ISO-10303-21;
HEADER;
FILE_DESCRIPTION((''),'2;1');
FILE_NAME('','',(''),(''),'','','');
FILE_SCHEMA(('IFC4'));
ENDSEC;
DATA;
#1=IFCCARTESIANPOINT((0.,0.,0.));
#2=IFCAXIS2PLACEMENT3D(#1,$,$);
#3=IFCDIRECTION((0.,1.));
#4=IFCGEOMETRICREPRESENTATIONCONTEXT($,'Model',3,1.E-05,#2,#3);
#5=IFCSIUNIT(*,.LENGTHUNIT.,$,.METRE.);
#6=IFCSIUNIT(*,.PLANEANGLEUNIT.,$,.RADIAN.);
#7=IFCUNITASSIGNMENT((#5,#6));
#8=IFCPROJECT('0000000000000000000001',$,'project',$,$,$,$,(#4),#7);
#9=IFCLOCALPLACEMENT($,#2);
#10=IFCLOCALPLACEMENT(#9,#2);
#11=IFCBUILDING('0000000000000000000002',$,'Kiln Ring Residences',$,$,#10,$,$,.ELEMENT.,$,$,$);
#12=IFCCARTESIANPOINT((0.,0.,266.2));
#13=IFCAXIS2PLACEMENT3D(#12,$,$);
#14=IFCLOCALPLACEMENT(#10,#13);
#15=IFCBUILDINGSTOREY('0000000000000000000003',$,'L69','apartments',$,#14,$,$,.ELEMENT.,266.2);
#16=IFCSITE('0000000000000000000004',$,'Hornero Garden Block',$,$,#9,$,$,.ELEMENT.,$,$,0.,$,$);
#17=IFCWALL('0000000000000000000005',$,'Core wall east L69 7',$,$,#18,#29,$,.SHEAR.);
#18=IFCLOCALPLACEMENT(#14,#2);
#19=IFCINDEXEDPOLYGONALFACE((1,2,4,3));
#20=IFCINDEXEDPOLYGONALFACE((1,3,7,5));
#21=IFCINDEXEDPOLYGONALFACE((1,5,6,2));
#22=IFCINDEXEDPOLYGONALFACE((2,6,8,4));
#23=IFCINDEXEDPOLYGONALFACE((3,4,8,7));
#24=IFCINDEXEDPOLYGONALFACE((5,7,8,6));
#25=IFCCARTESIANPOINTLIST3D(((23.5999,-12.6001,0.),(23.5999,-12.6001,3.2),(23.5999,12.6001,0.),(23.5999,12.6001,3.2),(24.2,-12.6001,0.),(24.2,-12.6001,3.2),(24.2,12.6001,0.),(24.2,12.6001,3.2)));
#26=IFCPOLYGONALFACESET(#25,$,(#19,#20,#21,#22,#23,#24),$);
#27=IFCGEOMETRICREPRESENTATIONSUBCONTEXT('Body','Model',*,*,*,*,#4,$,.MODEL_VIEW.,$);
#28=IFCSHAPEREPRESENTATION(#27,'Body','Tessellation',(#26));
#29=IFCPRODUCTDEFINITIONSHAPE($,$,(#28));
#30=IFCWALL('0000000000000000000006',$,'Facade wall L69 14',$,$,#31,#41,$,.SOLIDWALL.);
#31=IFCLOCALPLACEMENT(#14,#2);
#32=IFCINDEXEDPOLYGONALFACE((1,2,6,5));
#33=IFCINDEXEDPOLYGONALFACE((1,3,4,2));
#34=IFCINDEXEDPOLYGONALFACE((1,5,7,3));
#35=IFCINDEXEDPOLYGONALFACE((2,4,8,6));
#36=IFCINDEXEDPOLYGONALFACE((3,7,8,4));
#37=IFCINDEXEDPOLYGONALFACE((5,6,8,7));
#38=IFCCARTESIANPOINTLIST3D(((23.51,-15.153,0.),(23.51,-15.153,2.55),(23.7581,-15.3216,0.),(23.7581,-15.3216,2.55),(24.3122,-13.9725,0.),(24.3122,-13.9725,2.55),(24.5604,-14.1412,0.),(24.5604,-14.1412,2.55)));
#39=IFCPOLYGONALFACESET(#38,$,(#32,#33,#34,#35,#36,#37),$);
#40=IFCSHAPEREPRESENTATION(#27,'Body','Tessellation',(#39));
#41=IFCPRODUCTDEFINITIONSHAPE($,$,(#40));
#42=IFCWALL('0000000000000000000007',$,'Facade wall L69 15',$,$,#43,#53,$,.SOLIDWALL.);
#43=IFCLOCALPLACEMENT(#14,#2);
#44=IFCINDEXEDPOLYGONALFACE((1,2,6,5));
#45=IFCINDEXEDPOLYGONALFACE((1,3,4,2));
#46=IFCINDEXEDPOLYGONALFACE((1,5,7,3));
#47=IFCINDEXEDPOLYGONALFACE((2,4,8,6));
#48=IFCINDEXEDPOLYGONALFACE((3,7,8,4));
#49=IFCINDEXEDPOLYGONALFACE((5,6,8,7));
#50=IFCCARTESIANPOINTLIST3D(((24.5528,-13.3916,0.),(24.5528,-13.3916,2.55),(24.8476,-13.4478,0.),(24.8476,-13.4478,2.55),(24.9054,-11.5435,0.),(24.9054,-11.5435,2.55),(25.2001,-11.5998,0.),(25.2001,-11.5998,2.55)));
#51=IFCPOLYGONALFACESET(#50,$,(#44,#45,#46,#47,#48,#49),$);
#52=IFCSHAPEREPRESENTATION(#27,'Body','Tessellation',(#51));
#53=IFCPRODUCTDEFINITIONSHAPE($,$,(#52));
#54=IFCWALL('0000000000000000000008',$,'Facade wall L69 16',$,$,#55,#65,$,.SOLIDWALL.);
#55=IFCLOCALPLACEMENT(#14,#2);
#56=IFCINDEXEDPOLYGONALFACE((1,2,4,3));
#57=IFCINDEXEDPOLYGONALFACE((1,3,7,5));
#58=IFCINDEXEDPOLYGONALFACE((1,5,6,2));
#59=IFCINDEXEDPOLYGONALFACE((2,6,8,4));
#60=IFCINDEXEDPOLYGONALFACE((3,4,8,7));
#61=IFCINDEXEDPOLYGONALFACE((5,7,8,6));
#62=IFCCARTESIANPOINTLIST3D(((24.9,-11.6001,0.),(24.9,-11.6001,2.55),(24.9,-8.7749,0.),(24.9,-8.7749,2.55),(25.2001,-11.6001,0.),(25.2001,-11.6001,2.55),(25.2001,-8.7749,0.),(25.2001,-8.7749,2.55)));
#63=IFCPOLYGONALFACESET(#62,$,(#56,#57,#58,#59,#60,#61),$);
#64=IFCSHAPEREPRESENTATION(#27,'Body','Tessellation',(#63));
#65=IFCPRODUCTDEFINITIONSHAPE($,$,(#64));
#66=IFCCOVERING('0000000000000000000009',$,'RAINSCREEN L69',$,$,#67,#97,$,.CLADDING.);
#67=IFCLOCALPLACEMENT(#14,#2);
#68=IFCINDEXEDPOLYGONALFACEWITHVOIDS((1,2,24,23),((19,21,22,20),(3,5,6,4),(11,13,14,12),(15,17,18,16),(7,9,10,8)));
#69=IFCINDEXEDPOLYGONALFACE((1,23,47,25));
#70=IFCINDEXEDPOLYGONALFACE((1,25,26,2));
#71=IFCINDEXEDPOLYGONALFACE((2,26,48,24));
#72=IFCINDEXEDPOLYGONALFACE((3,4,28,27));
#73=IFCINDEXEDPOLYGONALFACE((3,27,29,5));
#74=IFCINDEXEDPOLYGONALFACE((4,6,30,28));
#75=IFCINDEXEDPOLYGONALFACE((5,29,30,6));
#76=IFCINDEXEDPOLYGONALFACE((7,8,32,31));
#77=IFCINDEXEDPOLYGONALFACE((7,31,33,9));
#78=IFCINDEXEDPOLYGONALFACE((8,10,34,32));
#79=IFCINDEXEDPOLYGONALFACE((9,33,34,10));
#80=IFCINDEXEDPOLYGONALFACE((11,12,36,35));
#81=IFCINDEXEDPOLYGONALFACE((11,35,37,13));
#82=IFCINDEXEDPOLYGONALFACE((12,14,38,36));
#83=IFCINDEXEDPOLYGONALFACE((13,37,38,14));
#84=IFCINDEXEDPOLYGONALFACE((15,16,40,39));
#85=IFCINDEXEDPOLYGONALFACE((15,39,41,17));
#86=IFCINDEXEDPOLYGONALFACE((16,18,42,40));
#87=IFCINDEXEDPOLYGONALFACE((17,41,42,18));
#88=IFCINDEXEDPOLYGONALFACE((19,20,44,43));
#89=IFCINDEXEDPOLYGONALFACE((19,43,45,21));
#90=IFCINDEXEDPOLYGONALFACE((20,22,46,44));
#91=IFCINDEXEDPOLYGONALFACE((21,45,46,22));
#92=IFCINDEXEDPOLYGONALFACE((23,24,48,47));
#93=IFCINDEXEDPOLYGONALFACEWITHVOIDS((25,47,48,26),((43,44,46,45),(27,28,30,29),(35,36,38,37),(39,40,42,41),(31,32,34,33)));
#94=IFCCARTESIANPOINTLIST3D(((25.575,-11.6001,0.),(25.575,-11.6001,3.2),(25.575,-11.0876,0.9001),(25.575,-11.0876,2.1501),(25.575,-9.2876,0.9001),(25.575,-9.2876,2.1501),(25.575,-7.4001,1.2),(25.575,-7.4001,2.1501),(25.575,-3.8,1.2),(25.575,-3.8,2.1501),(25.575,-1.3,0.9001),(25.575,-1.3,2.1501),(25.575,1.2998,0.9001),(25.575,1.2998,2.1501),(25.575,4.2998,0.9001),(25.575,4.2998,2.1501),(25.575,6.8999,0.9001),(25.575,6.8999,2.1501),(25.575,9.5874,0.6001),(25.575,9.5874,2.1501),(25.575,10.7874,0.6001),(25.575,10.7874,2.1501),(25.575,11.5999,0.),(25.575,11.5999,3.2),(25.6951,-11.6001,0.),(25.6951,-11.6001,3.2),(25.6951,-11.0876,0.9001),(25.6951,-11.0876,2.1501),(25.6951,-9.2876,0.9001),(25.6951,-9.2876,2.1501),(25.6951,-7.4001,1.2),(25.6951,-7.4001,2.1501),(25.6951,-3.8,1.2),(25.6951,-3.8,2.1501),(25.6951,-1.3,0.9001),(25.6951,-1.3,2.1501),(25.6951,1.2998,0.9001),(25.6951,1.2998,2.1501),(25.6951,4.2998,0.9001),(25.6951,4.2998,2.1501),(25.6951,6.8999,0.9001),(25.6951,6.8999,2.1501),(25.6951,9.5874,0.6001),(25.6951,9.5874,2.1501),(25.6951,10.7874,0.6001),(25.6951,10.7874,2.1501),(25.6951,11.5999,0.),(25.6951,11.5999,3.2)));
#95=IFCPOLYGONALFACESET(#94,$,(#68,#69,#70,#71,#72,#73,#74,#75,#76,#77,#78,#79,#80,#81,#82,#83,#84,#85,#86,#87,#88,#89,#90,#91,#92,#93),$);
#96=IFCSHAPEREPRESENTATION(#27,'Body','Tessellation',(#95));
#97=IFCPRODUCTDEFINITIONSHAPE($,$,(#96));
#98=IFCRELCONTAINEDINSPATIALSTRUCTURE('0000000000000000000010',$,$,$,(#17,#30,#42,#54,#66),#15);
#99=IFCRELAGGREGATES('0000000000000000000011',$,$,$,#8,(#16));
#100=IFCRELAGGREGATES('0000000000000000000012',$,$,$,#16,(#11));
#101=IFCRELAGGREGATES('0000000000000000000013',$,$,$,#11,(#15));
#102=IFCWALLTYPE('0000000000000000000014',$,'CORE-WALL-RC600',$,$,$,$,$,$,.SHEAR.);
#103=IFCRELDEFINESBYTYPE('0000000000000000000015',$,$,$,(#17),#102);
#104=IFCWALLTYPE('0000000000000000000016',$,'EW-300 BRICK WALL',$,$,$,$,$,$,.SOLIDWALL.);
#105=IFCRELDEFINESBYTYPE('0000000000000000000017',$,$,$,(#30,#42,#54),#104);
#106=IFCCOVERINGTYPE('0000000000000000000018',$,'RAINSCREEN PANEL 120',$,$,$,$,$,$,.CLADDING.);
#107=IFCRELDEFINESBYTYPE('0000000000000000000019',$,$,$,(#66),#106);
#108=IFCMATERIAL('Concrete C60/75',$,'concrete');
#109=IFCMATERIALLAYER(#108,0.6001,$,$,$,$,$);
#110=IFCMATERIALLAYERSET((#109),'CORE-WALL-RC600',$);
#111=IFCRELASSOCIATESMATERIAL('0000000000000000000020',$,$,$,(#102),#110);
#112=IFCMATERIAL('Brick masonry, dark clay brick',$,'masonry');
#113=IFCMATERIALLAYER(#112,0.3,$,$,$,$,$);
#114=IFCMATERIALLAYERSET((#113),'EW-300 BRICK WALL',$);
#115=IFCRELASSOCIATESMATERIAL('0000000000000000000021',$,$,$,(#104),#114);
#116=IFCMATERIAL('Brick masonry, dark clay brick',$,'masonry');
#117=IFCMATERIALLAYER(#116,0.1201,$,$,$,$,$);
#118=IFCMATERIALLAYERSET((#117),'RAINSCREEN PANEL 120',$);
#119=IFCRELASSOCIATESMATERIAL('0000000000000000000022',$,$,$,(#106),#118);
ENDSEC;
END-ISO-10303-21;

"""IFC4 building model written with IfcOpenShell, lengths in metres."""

from ifc_helpers import new_model, si_unit, direction, frame, frame_2d, origin, place, context, subcontext, project, spatial, polyline, rectangle, outline, extrude, material, layer, layer_set, type_object, element, save


model = new_model("IFC4")

# Units and contexts
model_context = context("Model", 3, precision=1e-05, world=origin(), true_north=direction((0.0, 1.0)))
body_context = subcontext(model_context, "Body", "Model", "MODEL_VIEW")
ifc_project = project(units=[si_unit("LENGTHUNIT", "METRE"), si_unit("PLANEANGLEUNIT", "RADIAN")], contexts=[model_context])

# Site, building, storey
site_placement = place(None, origin())
site = spatial("IfcSite", under=ifc_project, at=site_placement, Name="Hornero Garden Block", CompositionType="ELEMENT", RefElevation=0.0)
building_placement = place(site_placement, origin())
building = spatial("IfcBuilding", under=site, at=building_placement, Name="Kiln Ring Residences", CompositionType="ELEMENT")
storey_placement = place(building_placement, frame((0.0, 0.0, 266.2)))
storey = spatial("IfcBuildingStorey", under=building, at=storey_placement, Name="L69", Description="apartments", CompositionType="ELEMENT", Elevation=266.2)

# Walls
ifc_material_1 = material(Name="Concrete C60/75", Category="concrete")
ifc_layer_1 = layer(ifc_material_1, 0.6001)
ifc_layer_set_1 = layer_set([ifc_layer_1], Name="CORE-WALL-RC600")
wall_type_1 = type_object("IfcWallType", Name="CORE-WALL-RC600", PredefinedType="SHEAR", material=ifc_layer_set_1)
wall_1_placement = place(storey_placement, frame((23.8999, -12.6001, 0.0), z_axis=(0.0, 0.0, 1.0), x_axis=(0.0, 1.0, 0.0)))
element("IfcWall", 1, at=wall_1_placement, inside=storey, type_object=wall_type_1, Name="Core wall east L69 7", PredefinedType="SHEAR", context=body_context, shape_type="SweptSolid", body=[
    extrude(rectangle(XDim=25.2002, YDim=0.6001, at=frame_2d((12.6001, 0.0))), origin(), (0.0, 0.0, 1.0), 3.2),
])
ifc_material_2 = material(Name="Brick masonry, dark clay brick", Category="masonry")
ifc_layer_2 = layer(ifc_material_2, 0.3)
ifc_layer_set_2 = layer_set([ifc_layer_2], Name="EW-300 BRICK WALL")
wall_type_2 = type_object("IfcWallType", Name="EW-300 BRICK WALL", PredefinedType="SOLIDWALL", material=ifc_layer_set_2)
wall_2_placement = place(storey_placement, frame((23.634, -15.2373, 0.0), z_axis=(0.0, 0.0, 1.0), x_axis=(0.562099, 0.82707, 0.0)))
element("IfcWall", 2, at=wall_2_placement, inside=storey, type_object=wall_type_2, Name="Facade wall L69 14", PredefinedType="SOLIDWALL", context=body_context, shape_type="SweptSolid", body=[
    extrude(rectangle(XDim=1.4272, YDim=0.3, at=frame_2d((0.7136, 0.0))), origin(), (0.0, 0.0, 1.0), 2.55),
])
wall_3_placement = place(storey_placement, frame((24.7002, -13.4197, 0.0), z_axis=(0.0, 0.0, 1.0), x_axis=(0.187398, 0.982284, 0.0)))
element("IfcWall", 3, at=wall_3_placement, inside=storey, type_object=wall_type_2, Name="Facade wall L69 15", PredefinedType="SOLIDWALL", context=body_context, shape_type="SweptSolid", body=[
    extrude(rectangle(XDim=1.8813, YDim=0.3, at=frame_2d((0.9407, 0.0))), origin(), (0.0, 0.0, 1.0), 2.55),
])
wall_4_placement = place(storey_placement, frame((25.05, -11.6001, 0.0), z_axis=(0.0, 0.0, 1.0), x_axis=(0.0, 1.0, 0.0)))
element("IfcWall", 4, at=wall_4_placement, inside=storey, type_object=wall_type_2, Name="Facade wall L69 16", PredefinedType="SOLIDWALL", context=body_context, shape_type="SweptSolid", body=[
    extrude(rectangle(XDim=2.8252, YDim=0.3, at=frame_2d((1.4126, 0.0))), origin(), (0.0, 0.0, 1.0), 2.55),
])

# Covering
ifc_material_3 = material(Name="Brick masonry, dark clay brick", Category="masonry")
ifc_layer_3 = layer(ifc_material_3, 0.1201)
ifc_layer_set_3 = layer_set([ifc_layer_3], Name="RAINSCREEN PANEL 120")
covering_type = type_object("IfcCoveringType", Name="RAINSCREEN PANEL 120", PredefinedType="CLADDING", material=ifc_layer_set_3)
covering_placement = place(storey_placement, frame((25.635, -11.6001, 0.0), z_axis=(0.0, 0.0, 1.0), x_axis=(0.0, 1.0, 0.0)))
element("IfcCovering", 5, at=covering_placement, inside=storey, type_object=covering_type, Name="RAINSCREEN L69", PredefinedType="CLADDING", context=body_context, shape_type="SweptSolid", body=[
    extrude(outline(polyline([(0.0, 0.0), (23.2, 0.0), (23.2, 3.2), (0.0, 3.2), (0.0, 0.0)]), holes=[polyline([(22.3875, 0.6001), (22.3875, 2.1501), (21.1875, 2.1501), (21.1875, 0.6001), (22.3875, 0.6001)]), polyline([(2.3125, 0.9001), (2.3125, 2.1501), (0.5125, 2.1501), (0.5125, 0.9001), (2.3125, 0.9001)]), polyline([(12.8999, 0.9001), (12.8999, 2.1501), (10.3, 2.1501), (10.3, 0.9001), (12.8999, 0.9001)]), polyline([(15.8999, 0.9001), (18.5, 0.9001), (18.5, 2.1501), (15.8999, 2.1501), (15.8999, 0.9001)]), polyline([(4.2, 1.2), (7.8, 1.2), (7.8, 2.1501), (4.2, 2.1501), (4.2, 1.2)])]), frame((0.0, 0.0601, 0.0), z_axis=(0.0, -1.0, 0.0), x_axis=(1.0, 0.0, 0.0)), (0.0, 0.0, 1.0), 0.1201),
])

save(model, "model.ifc")
